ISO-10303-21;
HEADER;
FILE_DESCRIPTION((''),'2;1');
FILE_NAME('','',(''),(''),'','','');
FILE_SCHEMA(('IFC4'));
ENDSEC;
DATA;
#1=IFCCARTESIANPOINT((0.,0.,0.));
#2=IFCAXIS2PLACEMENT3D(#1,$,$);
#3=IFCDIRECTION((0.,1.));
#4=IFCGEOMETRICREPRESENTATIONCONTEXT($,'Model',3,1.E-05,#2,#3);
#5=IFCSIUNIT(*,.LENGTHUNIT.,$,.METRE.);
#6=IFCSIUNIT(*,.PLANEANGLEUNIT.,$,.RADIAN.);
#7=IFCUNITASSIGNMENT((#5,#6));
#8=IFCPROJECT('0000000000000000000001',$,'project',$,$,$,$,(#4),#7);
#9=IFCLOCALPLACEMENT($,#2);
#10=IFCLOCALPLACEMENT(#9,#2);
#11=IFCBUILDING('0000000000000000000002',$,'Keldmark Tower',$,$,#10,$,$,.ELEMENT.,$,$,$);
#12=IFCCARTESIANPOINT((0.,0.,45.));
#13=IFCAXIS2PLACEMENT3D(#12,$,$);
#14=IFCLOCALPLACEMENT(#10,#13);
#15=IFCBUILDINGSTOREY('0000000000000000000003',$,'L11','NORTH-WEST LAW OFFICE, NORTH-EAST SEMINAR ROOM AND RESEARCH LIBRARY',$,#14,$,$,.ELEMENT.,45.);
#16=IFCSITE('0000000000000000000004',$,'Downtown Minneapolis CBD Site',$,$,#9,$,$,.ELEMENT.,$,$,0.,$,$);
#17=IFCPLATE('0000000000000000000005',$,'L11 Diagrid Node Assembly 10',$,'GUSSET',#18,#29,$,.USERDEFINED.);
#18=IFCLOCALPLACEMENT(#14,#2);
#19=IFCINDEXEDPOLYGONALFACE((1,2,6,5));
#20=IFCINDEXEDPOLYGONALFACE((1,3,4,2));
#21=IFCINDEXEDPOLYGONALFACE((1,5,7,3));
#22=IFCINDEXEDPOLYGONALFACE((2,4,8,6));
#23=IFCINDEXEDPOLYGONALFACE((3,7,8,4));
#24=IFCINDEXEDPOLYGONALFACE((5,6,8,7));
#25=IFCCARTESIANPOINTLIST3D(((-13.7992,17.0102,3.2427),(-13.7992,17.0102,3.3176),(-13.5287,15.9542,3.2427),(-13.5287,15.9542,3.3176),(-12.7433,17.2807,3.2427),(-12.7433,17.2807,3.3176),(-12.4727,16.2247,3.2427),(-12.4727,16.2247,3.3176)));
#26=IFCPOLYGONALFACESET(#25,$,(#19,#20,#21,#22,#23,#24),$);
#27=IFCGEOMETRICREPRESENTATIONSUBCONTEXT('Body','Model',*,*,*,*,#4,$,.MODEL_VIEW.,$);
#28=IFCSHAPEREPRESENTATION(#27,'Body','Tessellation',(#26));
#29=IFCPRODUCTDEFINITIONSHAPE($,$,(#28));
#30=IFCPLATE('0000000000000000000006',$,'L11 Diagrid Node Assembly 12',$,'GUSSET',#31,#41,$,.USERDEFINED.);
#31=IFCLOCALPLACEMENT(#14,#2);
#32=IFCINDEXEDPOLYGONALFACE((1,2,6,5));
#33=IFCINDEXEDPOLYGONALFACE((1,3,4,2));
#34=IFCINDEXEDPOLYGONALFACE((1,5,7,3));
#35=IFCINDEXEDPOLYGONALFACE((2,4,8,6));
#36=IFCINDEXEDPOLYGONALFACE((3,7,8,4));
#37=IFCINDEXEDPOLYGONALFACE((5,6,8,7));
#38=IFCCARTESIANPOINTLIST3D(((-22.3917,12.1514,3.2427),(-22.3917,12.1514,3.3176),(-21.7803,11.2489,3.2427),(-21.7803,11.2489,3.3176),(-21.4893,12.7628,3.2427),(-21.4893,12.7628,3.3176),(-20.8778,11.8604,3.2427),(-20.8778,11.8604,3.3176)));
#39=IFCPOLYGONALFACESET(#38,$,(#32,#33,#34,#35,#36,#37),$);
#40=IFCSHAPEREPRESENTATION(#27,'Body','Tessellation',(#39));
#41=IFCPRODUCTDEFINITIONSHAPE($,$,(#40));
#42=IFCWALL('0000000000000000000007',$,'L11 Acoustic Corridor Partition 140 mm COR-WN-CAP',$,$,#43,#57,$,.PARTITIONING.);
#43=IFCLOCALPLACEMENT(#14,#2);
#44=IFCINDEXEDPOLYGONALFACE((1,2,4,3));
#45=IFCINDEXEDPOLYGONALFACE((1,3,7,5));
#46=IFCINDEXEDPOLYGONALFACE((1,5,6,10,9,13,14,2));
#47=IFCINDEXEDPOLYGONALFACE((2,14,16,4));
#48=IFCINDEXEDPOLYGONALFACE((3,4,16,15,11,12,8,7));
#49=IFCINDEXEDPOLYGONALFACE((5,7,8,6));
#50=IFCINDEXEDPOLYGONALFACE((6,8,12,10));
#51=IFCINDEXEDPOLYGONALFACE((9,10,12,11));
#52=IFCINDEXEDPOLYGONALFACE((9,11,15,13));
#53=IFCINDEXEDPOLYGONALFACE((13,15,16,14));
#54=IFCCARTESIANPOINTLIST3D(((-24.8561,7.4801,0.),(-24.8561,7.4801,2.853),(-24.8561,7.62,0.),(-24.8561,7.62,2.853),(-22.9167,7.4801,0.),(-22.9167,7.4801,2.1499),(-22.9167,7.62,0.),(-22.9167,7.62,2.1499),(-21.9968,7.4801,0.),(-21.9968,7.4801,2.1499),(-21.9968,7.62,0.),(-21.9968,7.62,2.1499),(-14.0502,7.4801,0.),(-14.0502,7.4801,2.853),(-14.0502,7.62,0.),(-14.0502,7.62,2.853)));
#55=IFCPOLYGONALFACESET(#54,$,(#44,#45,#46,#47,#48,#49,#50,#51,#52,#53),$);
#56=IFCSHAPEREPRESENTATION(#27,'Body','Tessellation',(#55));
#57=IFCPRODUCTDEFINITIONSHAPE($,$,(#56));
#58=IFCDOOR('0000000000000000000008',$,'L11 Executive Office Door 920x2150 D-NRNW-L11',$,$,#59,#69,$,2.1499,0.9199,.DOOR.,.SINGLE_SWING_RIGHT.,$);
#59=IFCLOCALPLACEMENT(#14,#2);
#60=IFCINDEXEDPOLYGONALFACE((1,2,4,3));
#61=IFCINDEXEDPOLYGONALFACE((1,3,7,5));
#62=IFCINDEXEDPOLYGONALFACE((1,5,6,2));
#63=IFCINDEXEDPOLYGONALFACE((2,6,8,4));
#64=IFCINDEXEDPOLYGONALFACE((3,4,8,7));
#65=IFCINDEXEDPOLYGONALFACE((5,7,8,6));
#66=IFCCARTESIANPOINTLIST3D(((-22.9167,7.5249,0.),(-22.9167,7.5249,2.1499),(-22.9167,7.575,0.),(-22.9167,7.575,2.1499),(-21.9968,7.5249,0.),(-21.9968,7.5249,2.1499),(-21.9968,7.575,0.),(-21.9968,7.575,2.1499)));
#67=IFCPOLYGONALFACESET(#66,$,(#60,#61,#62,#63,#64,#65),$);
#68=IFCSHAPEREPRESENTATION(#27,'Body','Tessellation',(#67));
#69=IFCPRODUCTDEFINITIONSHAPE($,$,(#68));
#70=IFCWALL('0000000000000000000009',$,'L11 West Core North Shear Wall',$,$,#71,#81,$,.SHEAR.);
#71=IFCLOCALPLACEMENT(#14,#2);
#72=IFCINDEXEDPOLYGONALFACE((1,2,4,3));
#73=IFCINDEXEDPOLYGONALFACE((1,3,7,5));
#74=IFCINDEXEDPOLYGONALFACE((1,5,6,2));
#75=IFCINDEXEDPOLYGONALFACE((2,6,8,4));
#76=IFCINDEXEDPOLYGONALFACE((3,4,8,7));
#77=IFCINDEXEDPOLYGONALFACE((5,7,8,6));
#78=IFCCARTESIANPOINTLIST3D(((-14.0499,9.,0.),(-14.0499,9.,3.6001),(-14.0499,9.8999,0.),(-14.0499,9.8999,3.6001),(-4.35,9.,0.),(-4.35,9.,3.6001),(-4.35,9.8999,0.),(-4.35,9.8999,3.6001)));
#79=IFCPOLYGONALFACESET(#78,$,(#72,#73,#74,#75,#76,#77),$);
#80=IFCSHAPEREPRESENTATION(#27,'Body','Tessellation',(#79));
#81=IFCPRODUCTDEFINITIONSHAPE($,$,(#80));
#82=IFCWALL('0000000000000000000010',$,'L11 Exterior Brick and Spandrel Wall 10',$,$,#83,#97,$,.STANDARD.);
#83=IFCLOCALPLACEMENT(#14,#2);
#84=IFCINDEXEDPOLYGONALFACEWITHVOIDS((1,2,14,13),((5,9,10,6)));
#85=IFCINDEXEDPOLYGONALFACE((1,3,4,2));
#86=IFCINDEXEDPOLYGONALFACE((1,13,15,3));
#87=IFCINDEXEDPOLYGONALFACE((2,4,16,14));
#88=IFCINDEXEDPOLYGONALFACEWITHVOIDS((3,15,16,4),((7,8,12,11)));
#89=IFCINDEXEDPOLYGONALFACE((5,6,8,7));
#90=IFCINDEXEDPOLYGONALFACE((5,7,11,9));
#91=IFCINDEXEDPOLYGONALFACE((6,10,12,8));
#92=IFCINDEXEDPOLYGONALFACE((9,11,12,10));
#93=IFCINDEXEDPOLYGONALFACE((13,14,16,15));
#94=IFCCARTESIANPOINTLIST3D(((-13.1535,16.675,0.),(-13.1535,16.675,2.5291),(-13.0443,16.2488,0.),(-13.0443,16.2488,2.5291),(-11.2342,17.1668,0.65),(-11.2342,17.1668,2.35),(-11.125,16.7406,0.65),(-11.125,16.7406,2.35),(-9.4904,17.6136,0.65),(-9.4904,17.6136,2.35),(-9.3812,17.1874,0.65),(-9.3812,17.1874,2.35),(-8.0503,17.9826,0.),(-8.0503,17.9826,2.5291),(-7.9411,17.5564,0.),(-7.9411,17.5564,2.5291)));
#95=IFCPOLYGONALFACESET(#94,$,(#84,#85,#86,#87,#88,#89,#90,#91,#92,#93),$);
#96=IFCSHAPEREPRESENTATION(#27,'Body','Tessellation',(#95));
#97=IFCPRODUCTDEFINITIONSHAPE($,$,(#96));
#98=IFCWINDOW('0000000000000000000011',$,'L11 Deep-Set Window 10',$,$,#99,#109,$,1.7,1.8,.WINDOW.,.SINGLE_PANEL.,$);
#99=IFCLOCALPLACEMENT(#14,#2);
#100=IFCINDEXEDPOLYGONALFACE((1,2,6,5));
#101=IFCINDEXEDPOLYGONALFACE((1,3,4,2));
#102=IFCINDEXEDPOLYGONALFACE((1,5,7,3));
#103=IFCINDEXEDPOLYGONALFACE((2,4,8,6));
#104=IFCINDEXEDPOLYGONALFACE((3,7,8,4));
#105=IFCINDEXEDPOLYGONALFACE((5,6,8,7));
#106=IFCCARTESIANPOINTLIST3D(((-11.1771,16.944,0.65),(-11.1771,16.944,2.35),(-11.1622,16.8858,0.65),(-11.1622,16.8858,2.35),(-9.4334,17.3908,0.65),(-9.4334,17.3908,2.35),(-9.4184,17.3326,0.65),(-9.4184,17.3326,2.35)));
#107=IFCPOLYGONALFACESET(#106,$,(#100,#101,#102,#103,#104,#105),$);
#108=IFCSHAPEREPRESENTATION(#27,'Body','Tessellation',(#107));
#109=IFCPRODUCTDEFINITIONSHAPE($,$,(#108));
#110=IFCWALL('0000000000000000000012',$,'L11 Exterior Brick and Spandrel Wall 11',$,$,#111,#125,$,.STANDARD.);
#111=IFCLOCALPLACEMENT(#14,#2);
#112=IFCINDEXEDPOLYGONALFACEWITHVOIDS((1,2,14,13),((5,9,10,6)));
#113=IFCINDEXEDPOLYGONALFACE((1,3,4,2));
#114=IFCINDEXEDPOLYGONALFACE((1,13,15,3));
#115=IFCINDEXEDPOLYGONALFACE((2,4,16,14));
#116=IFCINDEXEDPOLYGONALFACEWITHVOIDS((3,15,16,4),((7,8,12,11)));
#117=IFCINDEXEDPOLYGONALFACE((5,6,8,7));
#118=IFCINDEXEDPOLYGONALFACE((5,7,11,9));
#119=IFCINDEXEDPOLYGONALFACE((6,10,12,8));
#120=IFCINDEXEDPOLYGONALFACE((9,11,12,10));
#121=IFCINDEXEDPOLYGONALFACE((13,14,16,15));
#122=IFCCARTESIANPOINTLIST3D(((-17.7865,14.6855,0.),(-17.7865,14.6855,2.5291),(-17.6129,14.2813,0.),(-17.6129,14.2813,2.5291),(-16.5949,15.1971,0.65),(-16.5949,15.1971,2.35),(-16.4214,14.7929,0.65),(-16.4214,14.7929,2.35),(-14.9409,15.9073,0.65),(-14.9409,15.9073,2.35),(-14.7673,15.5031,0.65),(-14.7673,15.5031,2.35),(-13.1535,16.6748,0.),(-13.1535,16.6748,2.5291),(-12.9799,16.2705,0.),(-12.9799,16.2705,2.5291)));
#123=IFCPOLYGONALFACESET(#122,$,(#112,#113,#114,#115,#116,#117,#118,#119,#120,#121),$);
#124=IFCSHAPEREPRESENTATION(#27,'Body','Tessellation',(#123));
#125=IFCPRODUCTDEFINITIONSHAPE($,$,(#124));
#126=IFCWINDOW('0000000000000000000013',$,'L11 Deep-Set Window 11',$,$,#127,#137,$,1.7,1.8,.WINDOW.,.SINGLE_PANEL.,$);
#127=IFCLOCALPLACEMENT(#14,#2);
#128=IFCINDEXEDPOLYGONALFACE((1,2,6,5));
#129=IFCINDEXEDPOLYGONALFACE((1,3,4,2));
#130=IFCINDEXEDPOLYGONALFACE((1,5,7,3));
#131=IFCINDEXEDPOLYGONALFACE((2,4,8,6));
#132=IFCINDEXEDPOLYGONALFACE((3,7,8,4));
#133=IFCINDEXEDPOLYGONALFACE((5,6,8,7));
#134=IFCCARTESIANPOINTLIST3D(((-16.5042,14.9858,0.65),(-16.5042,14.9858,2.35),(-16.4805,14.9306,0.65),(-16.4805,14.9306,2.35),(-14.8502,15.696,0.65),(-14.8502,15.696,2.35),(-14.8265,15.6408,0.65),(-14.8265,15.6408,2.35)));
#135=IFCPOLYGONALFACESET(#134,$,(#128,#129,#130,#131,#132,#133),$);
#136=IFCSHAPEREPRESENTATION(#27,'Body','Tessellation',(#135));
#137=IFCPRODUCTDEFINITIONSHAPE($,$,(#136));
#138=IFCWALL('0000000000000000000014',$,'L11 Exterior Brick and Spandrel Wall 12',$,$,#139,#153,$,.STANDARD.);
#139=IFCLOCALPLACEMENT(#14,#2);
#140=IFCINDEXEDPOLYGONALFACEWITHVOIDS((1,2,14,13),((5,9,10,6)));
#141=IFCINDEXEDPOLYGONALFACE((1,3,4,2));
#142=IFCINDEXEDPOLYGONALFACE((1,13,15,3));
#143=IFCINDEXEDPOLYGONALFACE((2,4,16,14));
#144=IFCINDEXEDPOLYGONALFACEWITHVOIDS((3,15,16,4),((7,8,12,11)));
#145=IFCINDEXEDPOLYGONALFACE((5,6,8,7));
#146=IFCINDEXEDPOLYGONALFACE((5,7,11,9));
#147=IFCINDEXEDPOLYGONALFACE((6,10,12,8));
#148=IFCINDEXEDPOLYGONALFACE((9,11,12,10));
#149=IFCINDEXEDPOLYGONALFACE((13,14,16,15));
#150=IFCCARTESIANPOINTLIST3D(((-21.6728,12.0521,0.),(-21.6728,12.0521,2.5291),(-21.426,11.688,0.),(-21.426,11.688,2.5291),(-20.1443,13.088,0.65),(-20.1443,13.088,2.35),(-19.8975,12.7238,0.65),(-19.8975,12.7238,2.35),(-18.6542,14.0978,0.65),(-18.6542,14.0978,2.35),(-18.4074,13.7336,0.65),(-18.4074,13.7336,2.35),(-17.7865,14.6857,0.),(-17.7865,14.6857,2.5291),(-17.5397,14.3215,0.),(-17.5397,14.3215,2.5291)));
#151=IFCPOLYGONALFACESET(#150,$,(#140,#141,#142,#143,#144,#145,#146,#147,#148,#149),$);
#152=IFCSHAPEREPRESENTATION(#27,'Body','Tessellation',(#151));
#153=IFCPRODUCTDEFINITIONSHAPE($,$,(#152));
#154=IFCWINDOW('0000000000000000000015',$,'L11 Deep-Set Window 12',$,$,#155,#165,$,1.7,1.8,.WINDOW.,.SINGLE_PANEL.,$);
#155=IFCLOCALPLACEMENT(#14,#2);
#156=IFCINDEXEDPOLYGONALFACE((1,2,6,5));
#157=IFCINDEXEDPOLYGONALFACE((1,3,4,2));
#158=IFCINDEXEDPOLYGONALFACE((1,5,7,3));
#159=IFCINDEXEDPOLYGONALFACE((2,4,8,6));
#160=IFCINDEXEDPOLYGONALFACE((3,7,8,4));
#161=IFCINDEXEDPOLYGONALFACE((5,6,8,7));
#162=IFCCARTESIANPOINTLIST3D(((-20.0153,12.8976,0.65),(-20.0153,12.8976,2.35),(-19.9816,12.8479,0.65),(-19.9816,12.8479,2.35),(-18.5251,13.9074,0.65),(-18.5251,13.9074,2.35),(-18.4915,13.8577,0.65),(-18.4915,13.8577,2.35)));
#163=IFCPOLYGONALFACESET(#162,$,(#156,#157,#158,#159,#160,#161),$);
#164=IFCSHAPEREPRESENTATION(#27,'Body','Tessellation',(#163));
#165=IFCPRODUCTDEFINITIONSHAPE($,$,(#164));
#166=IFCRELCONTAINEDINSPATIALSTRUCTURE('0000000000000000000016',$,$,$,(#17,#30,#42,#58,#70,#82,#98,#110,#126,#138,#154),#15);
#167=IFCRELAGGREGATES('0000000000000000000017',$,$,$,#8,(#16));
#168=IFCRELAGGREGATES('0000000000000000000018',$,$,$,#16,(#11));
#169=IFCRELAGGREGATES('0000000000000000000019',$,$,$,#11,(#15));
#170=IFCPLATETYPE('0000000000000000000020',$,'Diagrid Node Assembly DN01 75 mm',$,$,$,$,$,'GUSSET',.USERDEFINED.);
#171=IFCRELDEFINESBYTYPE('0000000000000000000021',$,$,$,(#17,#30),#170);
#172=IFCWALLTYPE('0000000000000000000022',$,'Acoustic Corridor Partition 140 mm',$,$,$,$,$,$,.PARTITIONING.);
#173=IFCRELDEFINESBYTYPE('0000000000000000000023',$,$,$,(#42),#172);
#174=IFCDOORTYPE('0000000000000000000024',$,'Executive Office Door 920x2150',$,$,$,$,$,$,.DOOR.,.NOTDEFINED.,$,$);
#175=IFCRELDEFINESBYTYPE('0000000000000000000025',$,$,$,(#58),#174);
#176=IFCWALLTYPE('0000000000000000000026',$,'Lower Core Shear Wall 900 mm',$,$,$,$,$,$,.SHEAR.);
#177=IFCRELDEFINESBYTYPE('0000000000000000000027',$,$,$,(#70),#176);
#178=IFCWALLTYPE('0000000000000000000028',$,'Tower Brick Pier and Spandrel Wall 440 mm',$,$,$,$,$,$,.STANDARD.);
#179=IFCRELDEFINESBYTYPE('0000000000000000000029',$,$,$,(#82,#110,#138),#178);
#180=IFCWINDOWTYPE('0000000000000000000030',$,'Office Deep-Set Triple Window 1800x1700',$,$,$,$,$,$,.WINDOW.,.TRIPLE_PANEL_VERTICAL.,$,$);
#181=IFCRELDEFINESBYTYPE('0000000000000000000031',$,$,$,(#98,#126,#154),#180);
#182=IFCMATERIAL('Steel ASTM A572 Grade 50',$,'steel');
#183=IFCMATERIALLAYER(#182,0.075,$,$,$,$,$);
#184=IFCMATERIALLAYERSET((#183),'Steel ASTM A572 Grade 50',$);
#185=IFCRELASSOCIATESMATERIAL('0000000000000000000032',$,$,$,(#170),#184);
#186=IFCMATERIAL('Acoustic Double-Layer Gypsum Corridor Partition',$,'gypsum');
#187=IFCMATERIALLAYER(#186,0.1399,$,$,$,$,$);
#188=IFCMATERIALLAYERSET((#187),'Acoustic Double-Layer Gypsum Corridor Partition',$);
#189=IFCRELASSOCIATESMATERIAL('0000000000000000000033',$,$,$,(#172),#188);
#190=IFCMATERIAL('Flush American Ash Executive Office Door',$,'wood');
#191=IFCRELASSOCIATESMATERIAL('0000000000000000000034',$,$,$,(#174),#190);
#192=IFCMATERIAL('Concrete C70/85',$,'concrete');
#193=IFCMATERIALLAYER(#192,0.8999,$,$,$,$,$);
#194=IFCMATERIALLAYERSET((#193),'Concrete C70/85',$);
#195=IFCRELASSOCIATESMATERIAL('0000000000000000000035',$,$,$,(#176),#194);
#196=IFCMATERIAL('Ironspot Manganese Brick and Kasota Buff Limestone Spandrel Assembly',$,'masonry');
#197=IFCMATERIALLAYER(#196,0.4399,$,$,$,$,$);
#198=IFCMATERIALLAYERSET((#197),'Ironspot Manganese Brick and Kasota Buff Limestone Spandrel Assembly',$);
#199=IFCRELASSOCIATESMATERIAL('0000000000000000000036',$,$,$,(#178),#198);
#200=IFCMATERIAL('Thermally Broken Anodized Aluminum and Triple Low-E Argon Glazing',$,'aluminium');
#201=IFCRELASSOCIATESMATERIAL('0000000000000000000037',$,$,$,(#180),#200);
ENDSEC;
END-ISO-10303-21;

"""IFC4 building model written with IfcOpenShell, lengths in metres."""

from ifc_helpers import new_model, si_unit, direction, frame, frame_2d, origin, origin_2d, place, context, subcontext, project, spatial, rectangle, extrude, material, layer, layer_set, type_object, element, fill, save


model = new_model("IFC4")

# Units and contexts
model_context = context("Model", 3, precision=1e-05, world=origin(), true_north=direction((0.0, 1.0)))
body_context = subcontext(model_context, "Body", "Model", "MODEL_VIEW")
ifc_project = project(units=[si_unit("LENGTHUNIT", "METRE"), si_unit("PLANEANGLEUNIT", "RADIAN")], contexts=[model_context])

# Site, building, storey
site_placement = place(None, origin())
site = spatial("IfcSite", under=ifc_project, at=site_placement, Name="Downtown Minneapolis CBD Site", CompositionType="ELEMENT", RefElevation=0.0)
building_placement = place(site_placement, origin())
building = spatial("IfcBuilding", under=site, at=building_placement, Name="Keldmark Tower", CompositionType="ELEMENT")
storey_placement = place(building_placement, frame((0.0, 0.0, 45.0)))
storey = spatial("IfcBuildingStorey", under=building, at=storey_placement, Name="L11", Description="NORTH-WEST LAW OFFICE, NORTH-EAST SEMINAR ROOM AND RESEARCH LIBRARY", CompositionType="ELEMENT", Elevation=45.0)

# Plates
ifc_material_1 = material(Name="Steel ASTM A572 Grade 50", Category="steel")
ifc_layer_1 = layer(ifc_material_1, 0.075)
ifc_layer_set_1 = layer_set([ifc_layer_1], Name="Steel ASTM A572 Grade 50")
plate_type_1 = type_object("IfcPlateType", Name="Diagrid Node Assembly DN01 75 mm", ElementType="GUSSET", PredefinedType="USERDEFINED", material=ifc_layer_set_1)
for number, where, z_axis, x_axis, name in (
    (1, (-13.136, 16.6174, 3.2427), (0.0, 0.0, 1.0), (-0.968713, -0.248183, 0.0), "L11 Diagrid Node Assembly 10"),
    (2, (-21.6348, 12.0059, 3.2427), (0.0, 0.0, 1.0), (-0.827865, -0.560928, 0.0), "L11 Diagrid Node Assembly 12"),
):
    element("IfcPlate", number, at=place(storey_placement, frame(where, z_axis=z_axis, x_axis=x_axis)), inside=storey, type_object=plate_type_1, Name=name, ObjectType="GUSSET", PredefinedType="USERDEFINED", context=body_context, shape_type="SweptSolid", body=[
        extrude(rectangle(XDim=1.0901, YDim=1.0901, at=origin_2d()), origin(), (0.0, 0.0, 1.0), 0.075),
    ])

# Wall, opening, door
ifc_material_2 = material(Name="Acoustic Double-Layer Gypsum Corridor Partition", Category="gypsum")
ifc_layer_2 = layer(ifc_material_2, 0.1399)
ifc_layer_set_2 = layer_set([ifc_layer_2], Name="Acoustic Double-Layer Gypsum Corridor Partition")
wall_type_1 = type_object("IfcWallType", Name="Acoustic Corridor Partition 140 mm", PredefinedType="PARTITIONING", material=ifc_layer_set_2)
wall_1_placement = place(storey_placement, frame((-24.856, 7.55, 0.0), z_axis=(0.0, 0.0, 1.0), x_axis=(1.0, 0.0, 0.0)))
wall_1 = element("IfcWall", 3, at=wall_1_placement, inside=storey, type_object=wall_type_1, Name="L11 Acoustic Corridor Partition 140 mm COR-WN-CAP", PredefinedType="PARTITIONING", context=body_context, shape_type="SweptSolid", body=[
    extrude(rectangle(XDim=10.8059, YDim=0.1399, at=frame_2d((5.4028, 0.0))), origin(), (0.0, 0.0, 1.0), 2.853),
])
opening_1_placement = place(wall_1_placement, frame((1.9392, 0.0, 0.0)))
opening_1 = element("IfcOpeningElement", 4, at=opening_1_placement, cuts=wall_1, PredefinedType="OPENING", context=body_context, shape_type="SweptSolid", body=[
    extrude(rectangle(XDim=0.9199, YDim=2.1499, at=frame_2d((0.46, 1.075))), frame((0.0, 0.0798, 0.0), z_axis=(0.0, -1.0, 0.0), x_axis=(1.0, 0.0, 0.0)), (0.0, 0.0, 1.0), 0.1599),
])
ifc_material_3 = material(Name="Flush American Ash Executive Office Door", Category="wood")
door_type = type_object("IfcDoorType", Name="Executive Office Door 920x2150", OperationType="NOTDEFINED", PredefinedType="DOOR", material=ifc_material_3)
door_placement = place(opening_1_placement, origin())
door = element("IfcDoor", 5, at=door_placement, inside=storey, type_object=door_type, Name="L11 Executive Office Door 920x2150 D-NRNW-L11", OperationType="SINGLE_SWING_RIGHT", OverallHeight=2.1499, OverallWidth=0.9199, PredefinedType="DOOR", context=body_context, shape_type="SweptSolid", body=[
    extrude(rectangle(XDim=0.9199, YDim=2.1499, at=frame_2d((0.46, 1.075))), frame((0.0, 0.0249, 0.0), z_axis=(0.0, -1.0, 0.0), x_axis=(1.0, 0.0, 0.0)), (0.0, 0.0, 1.0), 0.05),
])
fill(opening_1, door)

# Wall
ifc_material_4 = material(Name="Concrete C70/85", Category="concrete")
ifc_layer_3 = layer(ifc_material_4, 0.8999)
ifc_layer_set_3 = layer_set([ifc_layer_3], Name="Concrete C70/85")
wall_type_2 = type_object("IfcWallType", Name="Lower Core Shear Wall 900 mm", PredefinedType="SHEAR", material=ifc_layer_set_3)
wall_2_placement = place(storey_placement, frame((-14.05, 9.45, 0.0), z_axis=(0.0, 0.0, 1.0), x_axis=(1.0, 0.0, 0.0)))
element("IfcWall", 6, at=wall_2_placement, inside=storey, type_object=wall_type_2, Name="L11 West Core North Shear Wall", PredefinedType="SHEAR", context=body_context, shape_type="SweptSolid", body=[
    extrude(rectangle(XDim=9.7, YDim=0.8999, at=frame_2d((4.8501, 0.0))), origin(), (0.0, 0.0, 1.0), 3.6001),
])

# Walls, openings, windows
ifc_material_5 = material(Name="Ironspot Manganese Brick and Kasota Buff Limestone Spandrel Assembly", Category="masonry")
ifc_layer_4 = layer(ifc_material_5, 0.4399)
ifc_layer_set_4 = layer_set([ifc_layer_4], Name="Ironspot Manganese Brick and Kasota Buff Limestone Spandrel Assembly")
wall_type_3 = type_object("IfcWallType", Name="Tower Brick Pier and Spandrel Wall 440 mm", PredefinedType="STANDARD", material=ifc_layer_set_4)
wall_3_placement = place(storey_placement, frame((-13.0989, 16.4619, 0.0), z_axis=(0.0, 0.0, 1.0), x_axis=(0.968706, 0.248213, 0.0)))
wall_3 = element("IfcWall", 7, at=wall_3_placement, inside=storey, type_object=wall_type_3, Name="L11 Exterior Brick and Spandrel Wall 10", PredefinedType="STANDARD", context=body_context, shape_type="SweptSolid", body=[
    extrude(rectangle(XDim=5.2681, YDim=0.4399, at=frame_2d((2.634, 0.0))), origin(), (0.0, 0.0, 1.0), 2.5291),
])
opening_2_placement = place(wall_3_placement, frame((1.9814, 0.0, 0.6499)))
opening_2 = element("IfcOpeningElement", 8, at=opening_2_placement, cuts=wall_3, PredefinedType="OPENING", context=body_context, shape_type="SweptSolid", body=[
    extrude(rectangle(XDim=1.8, YDim=1.7, at=frame_2d((0.8999, 0.8501))), frame((0.0, 0.23, 0.0), z_axis=(0.0, -1.0, 0.0), x_axis=(1.0, 0.0, 0.0)), (0.0, 0.0, 1.0), 0.46),
])
ifc_material_6 = material(Name="Thermally Broken Anodized Aluminum and Triple Low-E Argon Glazing", Category="aluminium")
window_type = type_object("IfcWindowType", Name="Office Deep-Set Triple Window 1800x1700", PartitioningType="TRIPLE_PANEL_VERTICAL", PredefinedType="WINDOW", material=ifc_material_6)
window_1_placement = place(opening_2_placement, origin())
window_1 = element("IfcWindow", 9, at=window_1_placement, inside=storey, type_object=window_type, Name="L11 Deep-Set Window 10", OverallHeight=1.7, OverallWidth=1.8, PartitioningType="SINGLE_PANEL", PredefinedType="WINDOW", context=body_context, shape_type="SweptSolid", body=[
    extrude(rectangle(XDim=1.8, YDim=1.7, at=frame_2d((0.8999, 0.8501))), frame((0.0, -0.01, 0.0), z_axis=(0.0, -1.0, 0.0), x_axis=(1.0, 0.0, 0.0)), (0.0, 0.0, 1.0), 0.0601),
])
fill(opening_2, window_1)
wall_4_placement = place(storey_placement, frame((-17.6997, 14.4834, 0.0), z_axis=(0.0, 0.0, 1.0), x_axis=(0.918882, 0.394533, 0.0)))
wall_4 = element("IfcWall", 10, at=wall_4_placement, inside=storey, type_object=wall_type_3, Name="L11 Exterior Brick and Spandrel Wall 11", PredefinedType="STANDARD", context=body_context, shape_type="SweptSolid", body=[
    extrude(rectangle(XDim=5.042, YDim=0.4399, at=frame_2d((2.521, 0.0))), origin(), (0.0, 0.0, 1.0), 2.5291),
])
opening_3_placement = place(wall_4_placement, frame((1.2969, 0.0, 0.6499)))
opening_3 = element("IfcOpeningElement", 11, at=opening_3_placement, cuts=wall_4, PredefinedType="OPENING", context=body_context, shape_type="SweptSolid", body=[
    extrude(rectangle(XDim=1.8, YDim=1.7, at=frame_2d((0.8999, 0.8501))), frame((0.0, 0.23, 0.0), z_axis=(0.0, -1.0, 0.0), x_axis=(1.0, 0.0, 0.0)), (0.0, 0.0, 1.0), 0.46),
])
window_2_placement = place(opening_3_placement, origin())
window_2 = element("IfcWindow", 12, at=window_2_placement, inside=storey, type_object=window_type, Name="L11 Deep-Set Window 11", OverallHeight=1.7, OverallWidth=1.8, PartitioningType="SINGLE_PANEL", PredefinedType="WINDOW", context=body_context, shape_type="SweptSolid", body=[
    extrude(rectangle(XDim=1.8, YDim=1.7, at=frame_2d((0.8999, 0.8501))), frame((0.0, -0.01, 0.0), z_axis=(0.0, -1.0, 0.0), x_axis=(1.0, 0.0, 0.0)), (0.0, 0.0, 1.0), 0.0601),
])
fill(opening_3, window_2)
wall_5_placement = place(storey_placement, frame((-21.5493, 11.8701, 0.0), z_axis=(0.0, 0.0, 1.0), x_axis=(0.827826, 0.560985, 0.0)))
wall_5 = element("IfcWall", 13, at=wall_5_placement, inside=storey, type_object=wall_type_3, Name="L11 Exterior Brick and Spandrel Wall 12", PredefinedType="STANDARD", context=body_context, shape_type="SweptSolid", body=[
    extrude(rectangle(XDim=4.6946, YDim=0.4399, at=frame_2d((2.3472, 0.0))), origin(), (0.0, 0.0, 1.0), 2.5291),
])
opening_4_placement = place(wall_5_placement, frame((1.8464, 0.0, 0.6499)))
opening_4 = element("IfcOpeningElement", 14, at=opening_4_placement, cuts=wall_5, PredefinedType="OPENING", context=body_context, shape_type="SweptSolid", body=[
    extrude(rectangle(XDim=1.8, YDim=1.7, at=frame_2d((0.8999, 0.8501))), frame((0.0, 0.23, 0.0), z_axis=(0.0, -1.0, 0.0), x_axis=(1.0, 0.0, 0.0)), (0.0, 0.0, 1.0), 0.46),
])
window_3_placement = place(opening_4_placement, origin())
window_3 = element("IfcWindow", 15, at=window_3_placement, inside=storey, type_object=window_type, Name="L11 Deep-Set Window 12", OverallHeight=1.7, OverallWidth=1.8, PartitioningType="SINGLE_PANEL", PredefinedType="WINDOW", context=body_context, shape_type="SweptSolid", body=[
    extrude(rectangle(XDim=1.8, YDim=1.7, at=frame_2d((0.8999, 0.8501))), frame((0.0, -0.01, 0.0), z_axis=(0.0, -1.0, 0.0), x_axis=(1.0, 0.0, 0.0)), (0.0, 0.0, 1.0), 0.0601),
])
fill(opening_4, window_3)

save(model, "model.ifc")
